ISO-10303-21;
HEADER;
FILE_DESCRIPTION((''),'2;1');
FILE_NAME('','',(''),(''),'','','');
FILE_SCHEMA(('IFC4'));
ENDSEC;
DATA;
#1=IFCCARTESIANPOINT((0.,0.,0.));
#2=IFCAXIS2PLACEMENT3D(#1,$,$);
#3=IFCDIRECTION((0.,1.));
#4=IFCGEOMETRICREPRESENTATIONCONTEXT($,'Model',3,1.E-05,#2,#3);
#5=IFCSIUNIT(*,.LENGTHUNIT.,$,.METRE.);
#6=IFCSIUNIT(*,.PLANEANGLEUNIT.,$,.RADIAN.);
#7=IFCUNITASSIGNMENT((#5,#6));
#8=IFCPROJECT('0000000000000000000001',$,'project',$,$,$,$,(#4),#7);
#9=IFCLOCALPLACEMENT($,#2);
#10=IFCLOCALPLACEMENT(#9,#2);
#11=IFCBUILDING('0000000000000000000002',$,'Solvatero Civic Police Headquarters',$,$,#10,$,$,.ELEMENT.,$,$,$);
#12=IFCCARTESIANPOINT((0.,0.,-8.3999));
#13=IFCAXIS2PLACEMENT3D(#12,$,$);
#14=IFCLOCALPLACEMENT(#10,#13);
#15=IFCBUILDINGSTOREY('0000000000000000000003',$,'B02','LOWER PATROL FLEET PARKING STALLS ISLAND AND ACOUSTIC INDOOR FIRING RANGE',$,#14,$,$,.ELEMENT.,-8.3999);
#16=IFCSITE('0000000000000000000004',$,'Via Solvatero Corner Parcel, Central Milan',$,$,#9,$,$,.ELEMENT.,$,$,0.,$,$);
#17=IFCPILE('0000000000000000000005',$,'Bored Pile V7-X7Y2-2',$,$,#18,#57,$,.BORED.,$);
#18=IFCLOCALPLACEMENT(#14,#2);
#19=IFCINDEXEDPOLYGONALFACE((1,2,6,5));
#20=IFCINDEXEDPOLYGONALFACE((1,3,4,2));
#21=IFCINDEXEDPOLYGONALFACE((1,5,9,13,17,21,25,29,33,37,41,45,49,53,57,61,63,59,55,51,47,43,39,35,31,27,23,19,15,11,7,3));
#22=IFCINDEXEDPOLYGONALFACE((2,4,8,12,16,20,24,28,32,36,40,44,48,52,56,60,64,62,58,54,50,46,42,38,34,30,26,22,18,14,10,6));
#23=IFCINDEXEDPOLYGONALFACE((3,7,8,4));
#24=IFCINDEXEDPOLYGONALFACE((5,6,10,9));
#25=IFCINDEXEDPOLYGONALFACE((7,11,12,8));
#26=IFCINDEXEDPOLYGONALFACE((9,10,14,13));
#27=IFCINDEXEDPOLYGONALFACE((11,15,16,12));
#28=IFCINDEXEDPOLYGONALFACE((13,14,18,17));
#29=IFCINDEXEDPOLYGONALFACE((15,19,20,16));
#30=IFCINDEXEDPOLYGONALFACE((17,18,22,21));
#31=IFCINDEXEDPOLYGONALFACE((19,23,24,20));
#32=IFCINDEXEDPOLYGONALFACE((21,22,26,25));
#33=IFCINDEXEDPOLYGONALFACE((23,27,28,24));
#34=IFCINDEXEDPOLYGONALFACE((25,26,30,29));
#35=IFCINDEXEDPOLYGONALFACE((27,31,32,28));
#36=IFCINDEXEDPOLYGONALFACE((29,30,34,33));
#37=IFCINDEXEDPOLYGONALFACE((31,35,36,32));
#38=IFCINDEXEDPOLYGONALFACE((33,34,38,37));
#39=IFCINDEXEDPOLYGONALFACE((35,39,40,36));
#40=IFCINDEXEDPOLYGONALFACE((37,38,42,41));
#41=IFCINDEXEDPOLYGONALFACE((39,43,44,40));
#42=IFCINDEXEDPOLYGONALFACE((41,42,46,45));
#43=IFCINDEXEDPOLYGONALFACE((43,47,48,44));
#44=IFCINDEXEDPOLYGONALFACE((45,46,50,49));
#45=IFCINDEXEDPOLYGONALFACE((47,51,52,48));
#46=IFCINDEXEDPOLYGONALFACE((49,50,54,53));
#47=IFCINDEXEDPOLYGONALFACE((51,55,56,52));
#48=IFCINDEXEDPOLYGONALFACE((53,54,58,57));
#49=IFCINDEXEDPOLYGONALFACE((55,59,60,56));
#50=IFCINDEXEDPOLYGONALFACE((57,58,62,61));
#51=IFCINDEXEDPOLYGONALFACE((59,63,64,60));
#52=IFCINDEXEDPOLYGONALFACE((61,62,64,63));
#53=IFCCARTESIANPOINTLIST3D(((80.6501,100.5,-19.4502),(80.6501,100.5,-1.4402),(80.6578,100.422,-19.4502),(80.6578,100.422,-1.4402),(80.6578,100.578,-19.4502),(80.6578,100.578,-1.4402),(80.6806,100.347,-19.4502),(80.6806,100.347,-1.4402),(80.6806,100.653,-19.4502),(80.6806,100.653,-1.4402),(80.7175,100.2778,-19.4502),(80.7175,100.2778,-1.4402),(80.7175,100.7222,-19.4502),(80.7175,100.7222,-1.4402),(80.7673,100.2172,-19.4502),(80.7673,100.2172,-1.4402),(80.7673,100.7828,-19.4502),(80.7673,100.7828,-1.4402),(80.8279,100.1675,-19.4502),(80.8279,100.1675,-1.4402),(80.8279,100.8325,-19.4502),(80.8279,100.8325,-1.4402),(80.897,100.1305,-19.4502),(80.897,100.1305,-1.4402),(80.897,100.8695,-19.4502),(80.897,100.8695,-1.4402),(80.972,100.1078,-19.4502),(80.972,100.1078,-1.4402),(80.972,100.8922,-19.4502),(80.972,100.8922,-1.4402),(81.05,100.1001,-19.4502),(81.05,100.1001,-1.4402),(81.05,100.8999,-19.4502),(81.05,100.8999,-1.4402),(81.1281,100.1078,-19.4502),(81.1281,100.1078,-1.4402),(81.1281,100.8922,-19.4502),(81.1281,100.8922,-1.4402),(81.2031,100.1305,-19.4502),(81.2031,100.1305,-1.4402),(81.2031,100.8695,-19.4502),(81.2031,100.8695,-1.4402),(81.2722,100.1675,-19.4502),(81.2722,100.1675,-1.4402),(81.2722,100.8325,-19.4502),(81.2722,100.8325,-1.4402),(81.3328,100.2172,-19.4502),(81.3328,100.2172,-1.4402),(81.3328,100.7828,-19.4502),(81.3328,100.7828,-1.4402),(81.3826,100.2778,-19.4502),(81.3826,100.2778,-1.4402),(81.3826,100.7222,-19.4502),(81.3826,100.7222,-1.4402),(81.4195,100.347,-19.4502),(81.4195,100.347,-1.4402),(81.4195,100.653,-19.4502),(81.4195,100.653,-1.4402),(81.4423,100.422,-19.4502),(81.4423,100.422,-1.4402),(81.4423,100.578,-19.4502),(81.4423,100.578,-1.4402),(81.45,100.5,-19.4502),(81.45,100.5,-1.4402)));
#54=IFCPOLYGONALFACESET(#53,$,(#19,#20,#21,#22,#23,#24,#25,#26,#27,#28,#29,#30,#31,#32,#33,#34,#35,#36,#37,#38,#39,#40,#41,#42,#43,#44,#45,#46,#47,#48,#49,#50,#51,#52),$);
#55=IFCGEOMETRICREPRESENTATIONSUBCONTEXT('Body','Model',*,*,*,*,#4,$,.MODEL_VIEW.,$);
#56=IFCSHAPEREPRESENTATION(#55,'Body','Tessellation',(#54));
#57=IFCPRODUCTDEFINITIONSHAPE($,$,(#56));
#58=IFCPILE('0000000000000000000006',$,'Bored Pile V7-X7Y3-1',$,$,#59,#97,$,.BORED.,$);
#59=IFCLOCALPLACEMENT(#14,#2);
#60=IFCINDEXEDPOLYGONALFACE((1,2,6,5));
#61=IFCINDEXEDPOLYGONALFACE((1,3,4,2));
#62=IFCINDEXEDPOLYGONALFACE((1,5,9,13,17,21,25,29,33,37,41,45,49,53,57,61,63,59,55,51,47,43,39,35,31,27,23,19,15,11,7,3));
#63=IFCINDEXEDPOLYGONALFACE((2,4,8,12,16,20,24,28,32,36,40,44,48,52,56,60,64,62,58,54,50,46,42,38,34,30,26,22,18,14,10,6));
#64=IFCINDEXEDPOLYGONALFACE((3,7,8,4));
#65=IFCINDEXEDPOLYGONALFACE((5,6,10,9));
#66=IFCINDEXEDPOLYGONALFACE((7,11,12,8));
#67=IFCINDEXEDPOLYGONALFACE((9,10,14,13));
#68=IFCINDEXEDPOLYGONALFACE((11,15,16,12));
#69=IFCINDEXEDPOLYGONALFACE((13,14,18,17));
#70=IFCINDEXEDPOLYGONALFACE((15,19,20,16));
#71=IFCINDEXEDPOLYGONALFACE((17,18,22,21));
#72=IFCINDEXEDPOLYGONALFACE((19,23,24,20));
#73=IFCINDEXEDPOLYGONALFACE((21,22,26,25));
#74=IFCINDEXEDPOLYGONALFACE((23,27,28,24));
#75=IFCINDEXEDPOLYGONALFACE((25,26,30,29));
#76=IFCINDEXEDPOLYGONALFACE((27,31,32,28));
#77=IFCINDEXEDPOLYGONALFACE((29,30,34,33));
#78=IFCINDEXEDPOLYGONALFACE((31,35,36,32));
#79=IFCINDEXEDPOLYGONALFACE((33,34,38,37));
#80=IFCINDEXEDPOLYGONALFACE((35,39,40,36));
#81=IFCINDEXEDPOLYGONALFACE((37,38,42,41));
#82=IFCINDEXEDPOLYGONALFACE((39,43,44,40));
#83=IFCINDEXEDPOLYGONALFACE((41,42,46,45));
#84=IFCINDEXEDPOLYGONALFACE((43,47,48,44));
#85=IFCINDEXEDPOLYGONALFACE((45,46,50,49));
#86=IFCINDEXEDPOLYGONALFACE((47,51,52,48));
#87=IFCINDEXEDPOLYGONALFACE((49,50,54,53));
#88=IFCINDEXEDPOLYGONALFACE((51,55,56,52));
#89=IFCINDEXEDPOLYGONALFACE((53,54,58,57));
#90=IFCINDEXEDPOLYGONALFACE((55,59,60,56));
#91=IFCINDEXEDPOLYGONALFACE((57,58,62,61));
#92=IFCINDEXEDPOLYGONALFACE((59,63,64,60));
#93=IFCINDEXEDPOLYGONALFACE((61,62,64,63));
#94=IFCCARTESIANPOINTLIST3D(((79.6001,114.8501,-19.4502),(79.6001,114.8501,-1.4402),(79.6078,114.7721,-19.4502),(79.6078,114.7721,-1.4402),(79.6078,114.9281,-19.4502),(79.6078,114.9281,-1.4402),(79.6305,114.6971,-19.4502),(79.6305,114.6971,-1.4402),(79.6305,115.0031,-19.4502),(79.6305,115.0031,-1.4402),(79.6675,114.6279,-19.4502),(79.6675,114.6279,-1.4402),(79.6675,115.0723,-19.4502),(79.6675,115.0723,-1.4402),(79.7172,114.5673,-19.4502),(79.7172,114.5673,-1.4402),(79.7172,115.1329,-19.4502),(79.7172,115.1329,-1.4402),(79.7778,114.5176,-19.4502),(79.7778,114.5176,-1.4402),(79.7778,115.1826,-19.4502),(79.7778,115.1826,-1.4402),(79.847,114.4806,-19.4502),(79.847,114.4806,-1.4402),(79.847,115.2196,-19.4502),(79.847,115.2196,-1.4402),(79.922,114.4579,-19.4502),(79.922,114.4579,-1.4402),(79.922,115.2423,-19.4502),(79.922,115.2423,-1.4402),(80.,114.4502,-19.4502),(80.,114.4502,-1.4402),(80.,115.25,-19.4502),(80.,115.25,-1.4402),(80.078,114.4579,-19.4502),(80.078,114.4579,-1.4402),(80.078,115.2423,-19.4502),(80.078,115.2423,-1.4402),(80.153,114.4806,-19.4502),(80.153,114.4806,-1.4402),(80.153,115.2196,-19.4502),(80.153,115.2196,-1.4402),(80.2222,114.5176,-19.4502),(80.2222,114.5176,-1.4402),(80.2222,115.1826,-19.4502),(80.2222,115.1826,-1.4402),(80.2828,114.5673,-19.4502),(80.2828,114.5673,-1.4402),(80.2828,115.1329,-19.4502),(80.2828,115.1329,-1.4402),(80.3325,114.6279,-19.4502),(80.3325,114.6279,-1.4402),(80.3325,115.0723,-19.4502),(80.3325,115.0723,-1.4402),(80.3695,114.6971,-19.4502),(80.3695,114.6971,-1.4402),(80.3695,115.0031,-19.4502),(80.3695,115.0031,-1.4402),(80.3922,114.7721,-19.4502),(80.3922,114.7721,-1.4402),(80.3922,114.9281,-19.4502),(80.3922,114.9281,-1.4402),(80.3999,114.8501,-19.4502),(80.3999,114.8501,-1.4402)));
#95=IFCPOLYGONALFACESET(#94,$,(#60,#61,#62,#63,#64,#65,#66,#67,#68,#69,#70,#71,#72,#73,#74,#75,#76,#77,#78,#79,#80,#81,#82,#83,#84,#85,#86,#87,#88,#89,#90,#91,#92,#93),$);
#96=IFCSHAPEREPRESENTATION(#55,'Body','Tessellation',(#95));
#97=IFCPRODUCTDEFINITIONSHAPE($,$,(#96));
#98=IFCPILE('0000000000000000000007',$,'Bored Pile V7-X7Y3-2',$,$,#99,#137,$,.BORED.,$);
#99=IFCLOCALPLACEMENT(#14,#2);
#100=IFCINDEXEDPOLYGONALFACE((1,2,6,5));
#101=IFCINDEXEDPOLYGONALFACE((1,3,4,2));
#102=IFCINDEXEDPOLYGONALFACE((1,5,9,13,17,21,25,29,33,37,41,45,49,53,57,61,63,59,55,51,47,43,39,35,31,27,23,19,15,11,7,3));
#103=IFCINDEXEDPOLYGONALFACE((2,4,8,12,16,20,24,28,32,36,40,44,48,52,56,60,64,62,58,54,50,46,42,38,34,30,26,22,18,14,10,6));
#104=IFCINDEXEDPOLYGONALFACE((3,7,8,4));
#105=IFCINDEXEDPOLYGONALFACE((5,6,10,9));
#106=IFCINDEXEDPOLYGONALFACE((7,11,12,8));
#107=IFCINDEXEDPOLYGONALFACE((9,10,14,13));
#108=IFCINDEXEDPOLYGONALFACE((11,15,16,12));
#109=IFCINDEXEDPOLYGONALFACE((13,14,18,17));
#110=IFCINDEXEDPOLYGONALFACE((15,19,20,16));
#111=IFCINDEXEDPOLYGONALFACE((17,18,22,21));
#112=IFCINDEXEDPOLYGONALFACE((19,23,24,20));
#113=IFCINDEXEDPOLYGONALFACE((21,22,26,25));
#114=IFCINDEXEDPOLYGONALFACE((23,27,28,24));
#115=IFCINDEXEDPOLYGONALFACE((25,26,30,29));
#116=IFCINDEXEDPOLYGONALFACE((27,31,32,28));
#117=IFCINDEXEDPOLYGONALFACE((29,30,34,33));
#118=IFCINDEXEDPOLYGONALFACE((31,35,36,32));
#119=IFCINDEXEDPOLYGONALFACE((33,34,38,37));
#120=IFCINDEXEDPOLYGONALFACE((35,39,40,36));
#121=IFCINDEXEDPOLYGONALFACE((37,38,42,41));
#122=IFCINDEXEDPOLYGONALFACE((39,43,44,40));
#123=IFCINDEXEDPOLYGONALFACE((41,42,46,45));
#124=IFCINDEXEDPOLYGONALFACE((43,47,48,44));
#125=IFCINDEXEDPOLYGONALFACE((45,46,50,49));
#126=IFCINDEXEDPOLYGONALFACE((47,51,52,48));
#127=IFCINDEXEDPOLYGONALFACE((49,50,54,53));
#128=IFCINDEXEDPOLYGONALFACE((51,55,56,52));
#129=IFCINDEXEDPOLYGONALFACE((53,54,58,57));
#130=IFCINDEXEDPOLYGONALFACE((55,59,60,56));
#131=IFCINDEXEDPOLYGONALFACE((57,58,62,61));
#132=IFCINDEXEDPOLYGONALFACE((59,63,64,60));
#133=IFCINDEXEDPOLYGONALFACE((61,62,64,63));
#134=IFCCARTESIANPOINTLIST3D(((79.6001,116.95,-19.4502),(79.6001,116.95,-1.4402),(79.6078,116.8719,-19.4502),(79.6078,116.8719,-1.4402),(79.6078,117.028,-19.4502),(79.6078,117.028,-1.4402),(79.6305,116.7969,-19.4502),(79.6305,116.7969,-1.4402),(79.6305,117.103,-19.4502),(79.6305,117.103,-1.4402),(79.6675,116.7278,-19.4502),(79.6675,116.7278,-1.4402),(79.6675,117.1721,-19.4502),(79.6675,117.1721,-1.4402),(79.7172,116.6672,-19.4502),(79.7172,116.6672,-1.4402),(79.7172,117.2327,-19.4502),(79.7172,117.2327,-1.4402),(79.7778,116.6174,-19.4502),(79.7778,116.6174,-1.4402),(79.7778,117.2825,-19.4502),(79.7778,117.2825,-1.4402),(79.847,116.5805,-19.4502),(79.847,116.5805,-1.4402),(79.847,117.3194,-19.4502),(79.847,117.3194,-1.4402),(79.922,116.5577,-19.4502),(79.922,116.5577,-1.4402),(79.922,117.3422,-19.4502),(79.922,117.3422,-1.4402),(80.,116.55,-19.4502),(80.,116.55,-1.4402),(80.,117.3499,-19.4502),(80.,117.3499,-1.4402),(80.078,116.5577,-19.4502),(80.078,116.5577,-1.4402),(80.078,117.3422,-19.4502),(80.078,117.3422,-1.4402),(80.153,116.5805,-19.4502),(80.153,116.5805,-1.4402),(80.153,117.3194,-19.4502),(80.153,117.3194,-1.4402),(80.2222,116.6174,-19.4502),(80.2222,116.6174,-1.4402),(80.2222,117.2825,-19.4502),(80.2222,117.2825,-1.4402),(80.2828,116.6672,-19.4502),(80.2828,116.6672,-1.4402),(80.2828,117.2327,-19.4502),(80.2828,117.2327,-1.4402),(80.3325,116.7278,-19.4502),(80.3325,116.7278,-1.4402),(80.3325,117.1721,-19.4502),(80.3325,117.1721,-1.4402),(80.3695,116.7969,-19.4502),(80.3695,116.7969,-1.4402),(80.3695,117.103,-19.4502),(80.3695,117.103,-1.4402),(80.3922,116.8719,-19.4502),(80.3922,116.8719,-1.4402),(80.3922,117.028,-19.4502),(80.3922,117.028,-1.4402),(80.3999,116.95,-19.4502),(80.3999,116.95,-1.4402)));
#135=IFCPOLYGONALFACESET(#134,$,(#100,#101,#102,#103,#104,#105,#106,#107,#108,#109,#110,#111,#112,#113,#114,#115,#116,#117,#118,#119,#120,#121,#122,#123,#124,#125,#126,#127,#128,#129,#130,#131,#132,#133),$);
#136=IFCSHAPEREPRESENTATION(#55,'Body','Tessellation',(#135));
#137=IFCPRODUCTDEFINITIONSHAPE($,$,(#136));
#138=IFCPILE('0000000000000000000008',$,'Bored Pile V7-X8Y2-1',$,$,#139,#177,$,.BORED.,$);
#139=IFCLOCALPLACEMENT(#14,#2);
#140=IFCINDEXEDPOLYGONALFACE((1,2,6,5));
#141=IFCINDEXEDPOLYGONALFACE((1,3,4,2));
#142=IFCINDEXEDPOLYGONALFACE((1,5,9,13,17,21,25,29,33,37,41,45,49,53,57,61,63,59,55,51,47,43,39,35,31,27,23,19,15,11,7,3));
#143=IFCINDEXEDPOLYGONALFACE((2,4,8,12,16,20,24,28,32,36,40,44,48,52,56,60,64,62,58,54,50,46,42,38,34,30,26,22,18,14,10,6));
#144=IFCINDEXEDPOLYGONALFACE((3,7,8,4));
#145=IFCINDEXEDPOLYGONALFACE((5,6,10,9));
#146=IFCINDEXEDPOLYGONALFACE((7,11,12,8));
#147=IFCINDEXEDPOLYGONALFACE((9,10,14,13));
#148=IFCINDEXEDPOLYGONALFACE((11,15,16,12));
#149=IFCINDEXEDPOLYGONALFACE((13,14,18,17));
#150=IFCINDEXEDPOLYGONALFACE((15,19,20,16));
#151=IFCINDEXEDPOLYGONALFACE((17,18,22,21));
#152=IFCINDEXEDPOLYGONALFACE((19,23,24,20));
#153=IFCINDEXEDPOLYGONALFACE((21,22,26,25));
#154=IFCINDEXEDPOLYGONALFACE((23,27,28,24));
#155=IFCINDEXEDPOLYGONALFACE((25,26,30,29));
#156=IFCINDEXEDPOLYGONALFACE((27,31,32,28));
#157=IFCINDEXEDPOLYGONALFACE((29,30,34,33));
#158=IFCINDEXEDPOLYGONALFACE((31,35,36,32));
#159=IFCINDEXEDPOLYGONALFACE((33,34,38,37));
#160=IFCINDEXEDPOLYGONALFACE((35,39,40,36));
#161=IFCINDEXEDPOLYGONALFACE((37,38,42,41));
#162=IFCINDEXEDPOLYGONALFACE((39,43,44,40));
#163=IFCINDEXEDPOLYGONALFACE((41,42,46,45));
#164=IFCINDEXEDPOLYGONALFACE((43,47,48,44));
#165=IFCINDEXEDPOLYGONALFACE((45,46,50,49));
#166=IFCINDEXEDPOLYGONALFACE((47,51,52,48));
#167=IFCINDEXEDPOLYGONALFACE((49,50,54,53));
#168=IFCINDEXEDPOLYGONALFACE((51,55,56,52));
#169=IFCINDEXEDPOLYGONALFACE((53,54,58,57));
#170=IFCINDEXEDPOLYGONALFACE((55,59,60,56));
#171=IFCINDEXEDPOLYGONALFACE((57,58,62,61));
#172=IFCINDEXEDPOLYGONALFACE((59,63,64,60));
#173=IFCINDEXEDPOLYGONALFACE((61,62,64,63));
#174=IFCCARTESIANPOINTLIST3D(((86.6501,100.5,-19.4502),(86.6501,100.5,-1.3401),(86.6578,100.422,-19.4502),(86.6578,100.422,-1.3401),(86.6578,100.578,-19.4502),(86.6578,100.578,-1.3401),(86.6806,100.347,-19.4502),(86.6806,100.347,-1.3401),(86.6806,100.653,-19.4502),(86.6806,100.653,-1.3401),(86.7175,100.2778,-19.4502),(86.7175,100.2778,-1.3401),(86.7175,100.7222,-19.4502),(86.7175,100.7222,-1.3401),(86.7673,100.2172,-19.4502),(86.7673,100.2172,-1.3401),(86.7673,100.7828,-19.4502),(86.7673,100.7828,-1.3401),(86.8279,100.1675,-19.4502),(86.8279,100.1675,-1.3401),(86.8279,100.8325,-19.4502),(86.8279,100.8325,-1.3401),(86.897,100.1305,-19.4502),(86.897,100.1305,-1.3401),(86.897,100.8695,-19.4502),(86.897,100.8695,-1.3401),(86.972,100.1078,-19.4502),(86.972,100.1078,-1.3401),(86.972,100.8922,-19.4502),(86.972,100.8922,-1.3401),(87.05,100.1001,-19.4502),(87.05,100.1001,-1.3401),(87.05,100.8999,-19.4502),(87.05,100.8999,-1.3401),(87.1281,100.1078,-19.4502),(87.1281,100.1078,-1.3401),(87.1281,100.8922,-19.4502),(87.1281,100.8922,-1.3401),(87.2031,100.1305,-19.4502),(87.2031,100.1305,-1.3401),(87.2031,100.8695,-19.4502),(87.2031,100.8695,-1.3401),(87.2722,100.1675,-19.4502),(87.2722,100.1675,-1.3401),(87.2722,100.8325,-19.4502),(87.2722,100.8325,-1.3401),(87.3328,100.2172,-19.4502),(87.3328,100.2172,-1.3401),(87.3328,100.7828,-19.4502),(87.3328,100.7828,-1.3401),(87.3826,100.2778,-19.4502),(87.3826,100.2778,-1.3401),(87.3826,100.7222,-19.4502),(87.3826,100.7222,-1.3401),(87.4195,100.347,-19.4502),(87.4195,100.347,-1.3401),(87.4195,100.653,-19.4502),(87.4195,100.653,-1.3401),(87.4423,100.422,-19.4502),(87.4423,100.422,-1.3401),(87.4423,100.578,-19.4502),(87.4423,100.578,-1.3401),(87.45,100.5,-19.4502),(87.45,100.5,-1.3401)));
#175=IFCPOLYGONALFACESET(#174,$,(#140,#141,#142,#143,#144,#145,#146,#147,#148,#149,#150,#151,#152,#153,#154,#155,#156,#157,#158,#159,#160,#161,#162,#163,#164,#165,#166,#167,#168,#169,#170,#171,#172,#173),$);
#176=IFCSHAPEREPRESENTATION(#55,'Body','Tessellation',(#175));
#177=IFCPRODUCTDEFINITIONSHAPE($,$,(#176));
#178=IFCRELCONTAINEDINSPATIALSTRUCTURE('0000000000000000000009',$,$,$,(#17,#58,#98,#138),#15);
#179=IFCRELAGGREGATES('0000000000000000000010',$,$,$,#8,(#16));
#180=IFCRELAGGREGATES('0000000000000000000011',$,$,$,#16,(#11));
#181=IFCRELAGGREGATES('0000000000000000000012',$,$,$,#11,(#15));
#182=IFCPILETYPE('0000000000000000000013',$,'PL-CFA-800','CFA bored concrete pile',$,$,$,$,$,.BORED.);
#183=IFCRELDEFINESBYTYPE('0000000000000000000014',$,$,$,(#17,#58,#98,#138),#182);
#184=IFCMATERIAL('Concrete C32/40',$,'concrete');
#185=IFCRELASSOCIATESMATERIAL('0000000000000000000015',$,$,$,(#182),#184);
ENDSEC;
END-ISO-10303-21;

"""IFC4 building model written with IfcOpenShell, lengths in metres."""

from ifc_helpers import new_model, si_unit, direction, frame, origin, origin_2d, place, context, subcontext, project, spatial, circle, extrude, material, material_profile, profile_set, type_object, element, save


model = new_model("IFC4")

# Units and contexts
model_context = context("Model", 3, precision=1e-05, world=origin(), true_north=direction((0.0, 1.0)))
body_context = subcontext(model_context, "Body", "Model", "MODEL_VIEW")
ifc_project = project(units=[si_unit("LENGTHUNIT", "METRE"), si_unit("PLANEANGLEUNIT", "RADIAN")], contexts=[model_context])

# Site, building, storey
site_placement = place(None, origin())
site = spatial("IfcSite", under=ifc_project, at=site_placement, Name="Via Solvatero Corner Parcel, Central Milan", CompositionType="ELEMENT", RefElevation=0.0)
building_placement = place(site_placement, origin())
building = spatial("IfcBuilding", under=site, at=building_placement, Name="Solvatero Civic Police Headquarters", CompositionType="ELEMENT")
storey_placement = place(building_placement, frame((0.0, 0.0, -8.3999)))
storey = spatial("IfcBuildingStorey", under=building, at=storey_placement, Name="B02", Description="LOWER PATROL FLEET PARKING STALLS ISLAND AND ACOUSTIC INDOOR FIRING RANGE", CompositionType="ELEMENT", Elevation=-8.3999)

# Piles
ifc_material_1 = material(Name="Concrete C32/40", Category="concrete")
ifc_material_profile_1 = material_profile(ifc_material_1, circle(Radius=0.3999, at=origin_2d()), Name="CFA PILE D800")
ifc_profile_set_1 = profile_set([ifc_material_profile_1], Name="Concrete C32/40")
pile_type = type_object("IfcPileType", Name="PL-CFA-800", Description="CFA bored concrete pile", PredefinedType="BORED", material=ifc_profile_set_1)
for number, where, z_axis, x_axis, name in (
    (1, (81.05, 100.5, -1.4402), (0.0, 0.0, -1.0), (1.0, 0.0, 0.0), "Bored Pile V7-X7Y2-2"),
    (2, (80.0, 114.8501, -1.4402), (0.0, 0.0, -1.0), (1.0, 0.0, 0.0), "Bored Pile V7-X7Y3-1"),
    (3, (80.0, 116.95, -1.4402), (0.0, 0.0, -1.0), (1.0, 0.0, 0.0), "Bored Pile V7-X7Y3-2"),
):
    element("IfcPile", number, at=place(storey_placement, frame(where, z_axis=z_axis, x_axis=x_axis)), inside=storey, type_object=pile_type, Name=name, PredefinedType="BORED", context=body_context, shape_type="SweptSolid", body=[
        extrude(circle(Radius=0.3999, at=origin_2d()), origin(), (0.0, 0.0, 1.0), 18.01),
    ])
for number, where, z_axis, x_axis, name in (
    (4, (87.05, 100.5, -1.3401), (0.0, 0.0, -1.0), (1.0, 0.0, 0.0), "Bored Pile V7-X8Y2-1"),
):
    element("IfcPile", number, at=place(storey_placement, frame(where, z_axis=z_axis, x_axis=x_axis)), inside=storey, type_object=pile_type, Name=name, PredefinedType="BORED", context=body_context, shape_type="SweptSolid", body=[
        extrude(circle(Radius=0.3999, at=origin_2d()), origin(), (0.0, 0.0, 1.0), 18.1101),
    ])

save(model, "model.ifc")
